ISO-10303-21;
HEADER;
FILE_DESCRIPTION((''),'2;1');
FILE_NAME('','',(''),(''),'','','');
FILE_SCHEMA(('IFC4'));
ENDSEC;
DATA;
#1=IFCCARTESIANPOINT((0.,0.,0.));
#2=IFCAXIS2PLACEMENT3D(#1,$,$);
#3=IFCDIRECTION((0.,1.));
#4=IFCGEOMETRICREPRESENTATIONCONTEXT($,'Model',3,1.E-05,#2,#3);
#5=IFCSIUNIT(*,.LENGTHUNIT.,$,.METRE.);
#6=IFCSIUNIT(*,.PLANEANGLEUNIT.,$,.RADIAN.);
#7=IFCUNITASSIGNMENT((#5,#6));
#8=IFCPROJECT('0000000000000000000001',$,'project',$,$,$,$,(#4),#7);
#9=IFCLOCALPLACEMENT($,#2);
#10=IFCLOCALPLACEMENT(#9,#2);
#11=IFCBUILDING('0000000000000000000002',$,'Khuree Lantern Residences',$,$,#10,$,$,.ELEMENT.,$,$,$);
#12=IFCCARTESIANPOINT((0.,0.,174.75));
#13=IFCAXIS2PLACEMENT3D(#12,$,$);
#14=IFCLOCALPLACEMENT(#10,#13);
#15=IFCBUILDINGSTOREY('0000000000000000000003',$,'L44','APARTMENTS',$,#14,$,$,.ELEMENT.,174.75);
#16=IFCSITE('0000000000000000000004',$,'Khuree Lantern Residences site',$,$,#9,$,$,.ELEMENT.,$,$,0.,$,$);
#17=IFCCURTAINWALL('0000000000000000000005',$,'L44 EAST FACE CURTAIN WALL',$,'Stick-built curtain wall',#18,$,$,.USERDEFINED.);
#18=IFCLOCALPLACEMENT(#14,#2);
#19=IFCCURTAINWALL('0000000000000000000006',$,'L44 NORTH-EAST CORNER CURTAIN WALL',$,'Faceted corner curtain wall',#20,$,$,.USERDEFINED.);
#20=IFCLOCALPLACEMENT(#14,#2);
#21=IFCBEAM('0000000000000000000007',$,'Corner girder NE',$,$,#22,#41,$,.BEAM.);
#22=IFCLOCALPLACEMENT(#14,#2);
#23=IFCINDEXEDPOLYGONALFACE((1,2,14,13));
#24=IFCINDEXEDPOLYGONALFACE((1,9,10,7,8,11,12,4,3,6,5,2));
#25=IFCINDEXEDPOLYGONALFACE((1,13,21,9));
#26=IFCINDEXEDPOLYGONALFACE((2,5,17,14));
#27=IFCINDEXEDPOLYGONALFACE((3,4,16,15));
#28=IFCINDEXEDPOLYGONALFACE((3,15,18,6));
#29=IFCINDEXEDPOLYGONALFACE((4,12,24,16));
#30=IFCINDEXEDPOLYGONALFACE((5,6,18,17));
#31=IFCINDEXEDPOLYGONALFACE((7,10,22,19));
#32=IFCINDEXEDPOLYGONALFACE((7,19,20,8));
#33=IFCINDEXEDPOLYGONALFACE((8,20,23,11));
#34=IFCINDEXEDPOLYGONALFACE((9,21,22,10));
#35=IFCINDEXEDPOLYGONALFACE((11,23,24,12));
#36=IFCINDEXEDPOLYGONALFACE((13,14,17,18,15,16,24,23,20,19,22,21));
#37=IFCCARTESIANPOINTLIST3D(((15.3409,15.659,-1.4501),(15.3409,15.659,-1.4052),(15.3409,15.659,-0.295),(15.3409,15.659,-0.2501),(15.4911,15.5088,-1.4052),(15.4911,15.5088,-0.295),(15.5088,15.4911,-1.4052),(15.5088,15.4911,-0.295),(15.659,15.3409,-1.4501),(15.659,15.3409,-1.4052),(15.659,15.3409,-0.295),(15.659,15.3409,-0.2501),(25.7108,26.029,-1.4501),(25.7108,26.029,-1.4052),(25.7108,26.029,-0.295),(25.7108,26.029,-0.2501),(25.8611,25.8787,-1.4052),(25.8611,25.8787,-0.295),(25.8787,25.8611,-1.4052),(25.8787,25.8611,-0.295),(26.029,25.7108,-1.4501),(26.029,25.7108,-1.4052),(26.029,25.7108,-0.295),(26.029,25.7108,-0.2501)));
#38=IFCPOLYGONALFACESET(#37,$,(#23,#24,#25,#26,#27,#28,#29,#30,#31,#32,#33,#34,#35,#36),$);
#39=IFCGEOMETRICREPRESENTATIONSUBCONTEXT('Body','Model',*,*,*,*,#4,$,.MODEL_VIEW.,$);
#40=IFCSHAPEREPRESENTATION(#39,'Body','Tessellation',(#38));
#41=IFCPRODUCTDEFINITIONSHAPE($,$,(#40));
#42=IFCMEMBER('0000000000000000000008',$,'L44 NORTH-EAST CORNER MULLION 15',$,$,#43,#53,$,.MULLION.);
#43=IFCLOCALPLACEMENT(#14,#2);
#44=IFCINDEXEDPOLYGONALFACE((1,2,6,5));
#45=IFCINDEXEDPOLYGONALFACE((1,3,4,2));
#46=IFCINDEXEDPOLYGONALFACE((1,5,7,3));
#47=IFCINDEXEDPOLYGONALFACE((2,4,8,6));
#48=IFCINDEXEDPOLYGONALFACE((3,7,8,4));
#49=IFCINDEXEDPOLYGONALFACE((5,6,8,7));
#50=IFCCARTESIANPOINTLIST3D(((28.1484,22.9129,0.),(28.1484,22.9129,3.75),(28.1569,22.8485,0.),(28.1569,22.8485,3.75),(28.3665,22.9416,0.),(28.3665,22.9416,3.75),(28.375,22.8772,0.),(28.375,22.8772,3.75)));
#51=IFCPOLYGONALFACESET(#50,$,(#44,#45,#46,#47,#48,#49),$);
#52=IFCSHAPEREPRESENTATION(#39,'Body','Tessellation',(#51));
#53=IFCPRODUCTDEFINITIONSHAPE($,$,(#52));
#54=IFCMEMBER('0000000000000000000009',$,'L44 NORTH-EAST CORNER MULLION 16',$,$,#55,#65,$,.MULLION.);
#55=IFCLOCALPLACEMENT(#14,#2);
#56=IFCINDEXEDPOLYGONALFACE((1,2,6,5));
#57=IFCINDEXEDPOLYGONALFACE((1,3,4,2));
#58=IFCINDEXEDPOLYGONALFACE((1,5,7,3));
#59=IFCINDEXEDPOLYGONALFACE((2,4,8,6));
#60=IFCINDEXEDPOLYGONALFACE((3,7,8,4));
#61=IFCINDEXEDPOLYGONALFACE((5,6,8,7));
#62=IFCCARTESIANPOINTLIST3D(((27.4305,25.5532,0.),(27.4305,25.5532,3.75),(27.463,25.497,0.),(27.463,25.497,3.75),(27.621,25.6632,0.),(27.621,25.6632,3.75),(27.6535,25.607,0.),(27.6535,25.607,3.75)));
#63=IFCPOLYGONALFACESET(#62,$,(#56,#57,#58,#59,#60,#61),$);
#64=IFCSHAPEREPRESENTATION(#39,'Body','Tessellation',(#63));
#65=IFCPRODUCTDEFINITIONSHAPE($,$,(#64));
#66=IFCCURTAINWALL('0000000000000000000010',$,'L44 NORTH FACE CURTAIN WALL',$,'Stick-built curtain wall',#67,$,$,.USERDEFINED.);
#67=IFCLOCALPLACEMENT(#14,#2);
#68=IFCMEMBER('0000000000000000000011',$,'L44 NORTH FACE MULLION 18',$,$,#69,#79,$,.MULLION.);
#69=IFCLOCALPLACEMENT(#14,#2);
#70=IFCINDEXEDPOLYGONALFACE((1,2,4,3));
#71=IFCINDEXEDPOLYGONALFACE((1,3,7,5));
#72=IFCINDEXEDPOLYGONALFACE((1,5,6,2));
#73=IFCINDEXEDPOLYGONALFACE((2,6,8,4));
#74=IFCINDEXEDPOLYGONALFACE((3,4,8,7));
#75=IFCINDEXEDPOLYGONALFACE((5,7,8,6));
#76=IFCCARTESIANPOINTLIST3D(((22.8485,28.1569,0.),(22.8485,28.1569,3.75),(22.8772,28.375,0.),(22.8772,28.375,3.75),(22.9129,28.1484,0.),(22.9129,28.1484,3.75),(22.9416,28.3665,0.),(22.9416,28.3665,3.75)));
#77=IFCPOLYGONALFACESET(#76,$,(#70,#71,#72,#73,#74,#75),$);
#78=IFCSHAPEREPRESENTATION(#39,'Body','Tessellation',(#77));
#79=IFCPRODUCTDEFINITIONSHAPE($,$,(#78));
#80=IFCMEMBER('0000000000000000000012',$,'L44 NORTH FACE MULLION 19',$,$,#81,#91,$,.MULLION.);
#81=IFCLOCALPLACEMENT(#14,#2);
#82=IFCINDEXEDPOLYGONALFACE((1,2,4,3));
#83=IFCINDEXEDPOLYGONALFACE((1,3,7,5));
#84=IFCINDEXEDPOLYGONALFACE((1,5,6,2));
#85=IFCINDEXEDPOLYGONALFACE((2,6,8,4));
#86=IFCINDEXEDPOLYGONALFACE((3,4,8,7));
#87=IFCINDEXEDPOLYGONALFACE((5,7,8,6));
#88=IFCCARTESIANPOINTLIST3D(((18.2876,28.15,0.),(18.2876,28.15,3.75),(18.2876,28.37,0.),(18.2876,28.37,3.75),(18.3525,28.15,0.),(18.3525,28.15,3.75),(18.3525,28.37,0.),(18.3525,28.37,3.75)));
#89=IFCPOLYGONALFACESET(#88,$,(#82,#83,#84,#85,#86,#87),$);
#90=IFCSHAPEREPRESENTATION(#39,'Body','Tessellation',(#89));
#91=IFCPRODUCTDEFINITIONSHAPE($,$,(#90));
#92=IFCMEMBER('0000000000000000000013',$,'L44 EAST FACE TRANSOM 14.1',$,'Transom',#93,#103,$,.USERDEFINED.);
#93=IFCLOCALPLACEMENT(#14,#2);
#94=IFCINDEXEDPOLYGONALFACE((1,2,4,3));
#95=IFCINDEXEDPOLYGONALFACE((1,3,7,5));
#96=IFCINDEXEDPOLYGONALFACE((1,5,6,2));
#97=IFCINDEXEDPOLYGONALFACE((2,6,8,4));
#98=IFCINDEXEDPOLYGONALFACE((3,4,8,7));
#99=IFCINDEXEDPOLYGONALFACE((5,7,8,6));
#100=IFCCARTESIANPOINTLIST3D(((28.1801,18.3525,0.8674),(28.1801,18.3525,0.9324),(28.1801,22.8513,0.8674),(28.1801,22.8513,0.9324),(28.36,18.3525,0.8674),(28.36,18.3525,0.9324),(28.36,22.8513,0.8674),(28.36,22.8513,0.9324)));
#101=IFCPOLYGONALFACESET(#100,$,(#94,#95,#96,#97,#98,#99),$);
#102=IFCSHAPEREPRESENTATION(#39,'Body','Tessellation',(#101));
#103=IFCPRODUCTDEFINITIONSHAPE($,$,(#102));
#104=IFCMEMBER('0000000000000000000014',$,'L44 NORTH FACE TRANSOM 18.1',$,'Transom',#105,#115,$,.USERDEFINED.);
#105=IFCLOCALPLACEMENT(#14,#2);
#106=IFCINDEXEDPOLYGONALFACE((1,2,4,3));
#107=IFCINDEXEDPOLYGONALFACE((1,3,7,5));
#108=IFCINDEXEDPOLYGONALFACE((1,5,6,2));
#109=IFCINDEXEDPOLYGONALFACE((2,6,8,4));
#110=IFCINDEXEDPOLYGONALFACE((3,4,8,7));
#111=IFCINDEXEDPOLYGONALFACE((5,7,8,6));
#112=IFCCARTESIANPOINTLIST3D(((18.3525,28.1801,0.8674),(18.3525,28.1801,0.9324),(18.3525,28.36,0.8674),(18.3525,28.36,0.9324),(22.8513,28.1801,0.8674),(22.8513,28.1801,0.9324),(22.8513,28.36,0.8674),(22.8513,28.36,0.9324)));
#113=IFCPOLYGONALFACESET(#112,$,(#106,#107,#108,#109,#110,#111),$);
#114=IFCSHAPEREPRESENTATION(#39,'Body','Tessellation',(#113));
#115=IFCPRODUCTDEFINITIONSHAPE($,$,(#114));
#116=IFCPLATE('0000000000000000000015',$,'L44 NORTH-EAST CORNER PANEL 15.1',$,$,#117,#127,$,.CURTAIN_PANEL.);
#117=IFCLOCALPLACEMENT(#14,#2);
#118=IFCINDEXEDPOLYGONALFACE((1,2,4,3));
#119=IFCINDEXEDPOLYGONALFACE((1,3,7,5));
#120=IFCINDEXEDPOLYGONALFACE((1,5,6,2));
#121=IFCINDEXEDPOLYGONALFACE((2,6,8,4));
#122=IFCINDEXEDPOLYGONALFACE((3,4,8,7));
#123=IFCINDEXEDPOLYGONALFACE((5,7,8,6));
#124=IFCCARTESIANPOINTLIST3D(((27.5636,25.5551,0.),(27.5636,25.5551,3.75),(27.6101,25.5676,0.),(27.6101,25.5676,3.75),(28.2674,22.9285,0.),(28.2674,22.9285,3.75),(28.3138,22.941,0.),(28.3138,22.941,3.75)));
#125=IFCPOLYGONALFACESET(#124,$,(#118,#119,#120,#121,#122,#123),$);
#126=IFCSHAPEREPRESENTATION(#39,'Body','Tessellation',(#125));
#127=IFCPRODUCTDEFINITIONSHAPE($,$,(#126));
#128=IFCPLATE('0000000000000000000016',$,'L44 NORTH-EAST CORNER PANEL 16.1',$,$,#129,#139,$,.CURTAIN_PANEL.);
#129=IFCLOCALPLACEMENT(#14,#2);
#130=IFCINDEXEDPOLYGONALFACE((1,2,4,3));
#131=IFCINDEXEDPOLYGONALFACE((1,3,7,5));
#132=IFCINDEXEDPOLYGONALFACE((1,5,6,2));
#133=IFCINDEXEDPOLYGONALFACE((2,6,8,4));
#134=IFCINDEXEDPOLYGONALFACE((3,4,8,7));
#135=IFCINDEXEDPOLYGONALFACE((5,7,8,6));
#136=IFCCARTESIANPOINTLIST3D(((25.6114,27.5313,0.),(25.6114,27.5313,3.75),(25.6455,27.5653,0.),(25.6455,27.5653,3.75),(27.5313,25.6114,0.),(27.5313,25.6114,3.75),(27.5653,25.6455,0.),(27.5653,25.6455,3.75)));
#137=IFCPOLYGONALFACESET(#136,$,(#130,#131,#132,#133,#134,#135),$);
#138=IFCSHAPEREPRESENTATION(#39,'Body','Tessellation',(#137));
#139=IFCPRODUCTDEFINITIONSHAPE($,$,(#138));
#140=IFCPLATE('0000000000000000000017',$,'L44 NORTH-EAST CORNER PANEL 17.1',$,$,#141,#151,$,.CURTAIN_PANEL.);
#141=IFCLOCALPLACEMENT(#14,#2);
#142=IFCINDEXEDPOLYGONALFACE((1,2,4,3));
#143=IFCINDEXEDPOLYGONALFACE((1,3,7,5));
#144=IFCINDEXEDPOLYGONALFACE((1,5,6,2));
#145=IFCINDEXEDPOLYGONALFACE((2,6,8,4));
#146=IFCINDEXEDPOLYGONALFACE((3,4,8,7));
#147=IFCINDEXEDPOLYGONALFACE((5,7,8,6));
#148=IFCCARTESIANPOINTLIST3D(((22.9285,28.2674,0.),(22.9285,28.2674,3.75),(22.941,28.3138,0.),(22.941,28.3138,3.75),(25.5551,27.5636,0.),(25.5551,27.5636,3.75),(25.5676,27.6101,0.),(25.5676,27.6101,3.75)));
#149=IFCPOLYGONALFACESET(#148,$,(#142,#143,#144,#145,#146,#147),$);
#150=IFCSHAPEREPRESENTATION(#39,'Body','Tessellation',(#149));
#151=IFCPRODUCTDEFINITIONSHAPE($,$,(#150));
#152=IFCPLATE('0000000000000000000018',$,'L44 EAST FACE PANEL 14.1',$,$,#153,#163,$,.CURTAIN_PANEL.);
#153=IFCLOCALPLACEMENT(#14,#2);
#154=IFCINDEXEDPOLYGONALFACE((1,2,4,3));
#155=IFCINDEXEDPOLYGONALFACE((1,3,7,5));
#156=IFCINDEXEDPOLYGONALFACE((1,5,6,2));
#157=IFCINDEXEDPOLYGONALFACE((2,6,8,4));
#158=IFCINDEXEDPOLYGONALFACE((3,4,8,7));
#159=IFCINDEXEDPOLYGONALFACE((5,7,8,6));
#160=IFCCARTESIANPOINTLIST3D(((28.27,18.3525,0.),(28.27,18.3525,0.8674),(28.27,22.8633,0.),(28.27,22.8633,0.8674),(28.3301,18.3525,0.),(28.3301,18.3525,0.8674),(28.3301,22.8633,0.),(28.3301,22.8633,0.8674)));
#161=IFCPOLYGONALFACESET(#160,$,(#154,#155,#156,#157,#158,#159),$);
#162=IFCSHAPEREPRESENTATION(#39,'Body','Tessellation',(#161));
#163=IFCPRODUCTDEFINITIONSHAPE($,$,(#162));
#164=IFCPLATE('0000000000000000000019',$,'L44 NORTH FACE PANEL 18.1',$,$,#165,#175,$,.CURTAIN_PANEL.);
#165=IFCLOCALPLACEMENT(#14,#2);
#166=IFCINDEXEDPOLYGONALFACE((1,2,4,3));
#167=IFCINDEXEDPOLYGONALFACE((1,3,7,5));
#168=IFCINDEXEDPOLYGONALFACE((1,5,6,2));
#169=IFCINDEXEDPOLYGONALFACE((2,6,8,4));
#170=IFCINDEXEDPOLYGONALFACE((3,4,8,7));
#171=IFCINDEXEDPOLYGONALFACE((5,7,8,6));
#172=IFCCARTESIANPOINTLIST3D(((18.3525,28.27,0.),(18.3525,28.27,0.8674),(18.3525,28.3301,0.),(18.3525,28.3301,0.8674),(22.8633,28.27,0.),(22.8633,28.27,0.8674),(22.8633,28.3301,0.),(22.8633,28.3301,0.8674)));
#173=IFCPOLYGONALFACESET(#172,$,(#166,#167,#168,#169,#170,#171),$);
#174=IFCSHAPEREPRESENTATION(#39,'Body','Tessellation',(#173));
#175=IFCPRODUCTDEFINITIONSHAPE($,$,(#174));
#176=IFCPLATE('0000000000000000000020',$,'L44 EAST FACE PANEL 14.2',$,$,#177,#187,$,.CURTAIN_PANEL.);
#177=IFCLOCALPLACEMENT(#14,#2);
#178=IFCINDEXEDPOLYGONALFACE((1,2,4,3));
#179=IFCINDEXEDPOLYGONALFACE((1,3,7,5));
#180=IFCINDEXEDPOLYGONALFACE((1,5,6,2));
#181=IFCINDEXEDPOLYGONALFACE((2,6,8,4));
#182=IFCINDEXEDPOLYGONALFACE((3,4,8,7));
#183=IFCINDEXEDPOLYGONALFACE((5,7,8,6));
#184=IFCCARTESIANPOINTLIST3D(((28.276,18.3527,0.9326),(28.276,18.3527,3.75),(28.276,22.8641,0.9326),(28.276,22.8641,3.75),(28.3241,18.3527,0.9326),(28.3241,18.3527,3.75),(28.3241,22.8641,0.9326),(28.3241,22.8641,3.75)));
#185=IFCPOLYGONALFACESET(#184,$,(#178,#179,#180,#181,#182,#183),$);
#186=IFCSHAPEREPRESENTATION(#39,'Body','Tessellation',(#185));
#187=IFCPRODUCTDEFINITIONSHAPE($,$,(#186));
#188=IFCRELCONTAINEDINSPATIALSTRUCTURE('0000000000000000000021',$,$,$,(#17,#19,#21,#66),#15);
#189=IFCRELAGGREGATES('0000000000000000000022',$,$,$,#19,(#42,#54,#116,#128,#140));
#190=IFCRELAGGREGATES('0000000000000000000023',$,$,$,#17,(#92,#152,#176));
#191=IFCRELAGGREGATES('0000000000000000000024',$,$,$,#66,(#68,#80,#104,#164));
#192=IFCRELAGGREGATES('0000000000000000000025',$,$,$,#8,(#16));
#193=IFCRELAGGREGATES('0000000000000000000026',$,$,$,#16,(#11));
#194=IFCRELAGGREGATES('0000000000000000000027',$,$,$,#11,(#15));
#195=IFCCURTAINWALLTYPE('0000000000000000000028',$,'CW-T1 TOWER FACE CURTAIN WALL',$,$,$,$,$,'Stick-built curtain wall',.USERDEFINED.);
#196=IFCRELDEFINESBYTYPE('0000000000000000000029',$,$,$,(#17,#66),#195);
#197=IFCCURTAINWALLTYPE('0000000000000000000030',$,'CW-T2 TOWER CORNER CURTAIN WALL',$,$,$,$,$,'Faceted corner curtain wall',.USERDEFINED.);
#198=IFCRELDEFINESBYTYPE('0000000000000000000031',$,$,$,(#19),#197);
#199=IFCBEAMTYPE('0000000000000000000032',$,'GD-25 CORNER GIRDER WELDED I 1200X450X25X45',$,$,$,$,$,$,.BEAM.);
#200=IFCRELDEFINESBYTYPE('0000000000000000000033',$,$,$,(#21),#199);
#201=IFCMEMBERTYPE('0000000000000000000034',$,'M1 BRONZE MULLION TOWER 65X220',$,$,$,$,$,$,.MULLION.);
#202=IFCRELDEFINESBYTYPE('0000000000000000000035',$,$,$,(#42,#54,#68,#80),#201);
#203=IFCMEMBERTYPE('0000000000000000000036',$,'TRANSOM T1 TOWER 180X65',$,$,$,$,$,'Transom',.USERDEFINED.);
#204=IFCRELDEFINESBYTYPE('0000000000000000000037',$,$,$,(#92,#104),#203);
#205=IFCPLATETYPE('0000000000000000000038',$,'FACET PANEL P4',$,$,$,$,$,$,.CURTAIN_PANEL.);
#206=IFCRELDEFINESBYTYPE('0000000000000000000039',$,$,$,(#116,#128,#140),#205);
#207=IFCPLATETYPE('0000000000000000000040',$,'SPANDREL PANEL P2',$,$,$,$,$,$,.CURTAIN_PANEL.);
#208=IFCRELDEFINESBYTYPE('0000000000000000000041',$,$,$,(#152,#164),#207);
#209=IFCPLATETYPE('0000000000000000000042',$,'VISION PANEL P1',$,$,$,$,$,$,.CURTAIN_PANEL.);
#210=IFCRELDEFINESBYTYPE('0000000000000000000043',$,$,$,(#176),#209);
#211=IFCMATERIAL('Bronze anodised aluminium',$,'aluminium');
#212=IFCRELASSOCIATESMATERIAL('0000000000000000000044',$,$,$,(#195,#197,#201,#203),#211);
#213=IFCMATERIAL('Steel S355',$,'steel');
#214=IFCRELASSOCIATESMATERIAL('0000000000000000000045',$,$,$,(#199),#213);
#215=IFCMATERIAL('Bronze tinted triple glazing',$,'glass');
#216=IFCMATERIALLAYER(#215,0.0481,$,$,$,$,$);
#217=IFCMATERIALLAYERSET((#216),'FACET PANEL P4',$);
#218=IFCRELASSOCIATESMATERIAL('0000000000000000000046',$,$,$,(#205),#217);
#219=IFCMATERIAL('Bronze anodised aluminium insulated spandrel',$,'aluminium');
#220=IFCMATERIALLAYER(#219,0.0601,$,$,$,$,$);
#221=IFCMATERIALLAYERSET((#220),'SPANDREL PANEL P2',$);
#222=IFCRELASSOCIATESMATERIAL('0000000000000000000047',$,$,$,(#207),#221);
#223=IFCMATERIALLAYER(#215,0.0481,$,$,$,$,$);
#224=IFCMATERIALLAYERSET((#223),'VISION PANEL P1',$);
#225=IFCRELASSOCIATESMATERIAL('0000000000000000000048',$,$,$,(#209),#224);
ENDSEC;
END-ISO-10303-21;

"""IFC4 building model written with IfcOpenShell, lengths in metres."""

from ifc_helpers import new_model, si_unit, direction, frame, origin, origin_2d, place, context, subcontext, project, spatial, rectangle, i_section, extrude, material, layer, layer_set, material_profile, profile_set, type_object, element, aggregate, save


model = new_model("IFC4")

# Units and contexts
model_context = context("Model", 3, precision=1e-05, world=origin(), true_north=direction((0.0, 1.0)))
body_context = subcontext(model_context, "Body", "Model", "MODEL_VIEW")
ifc_project = project(units=[si_unit("LENGTHUNIT", "METRE"), si_unit("PLANEANGLEUNIT", "RADIAN")], contexts=[model_context])

# Site, building, storey
site_placement = place(None, origin())
site = spatial("IfcSite", under=ifc_project, at=site_placement, Name="Khuree Lantern Residences site", CompositionType="ELEMENT", RefElevation=0.0)
building_placement = place(site_placement, origin())
building = spatial("IfcBuilding", under=site, at=building_placement, Name="Khuree Lantern Residences", CompositionType="ELEMENT")
storey_placement = place(building_placement, frame((0.0, 0.0, 174.75)))
storey = spatial("IfcBuildingStorey", under=building, at=storey_placement, Name="L44", Description="APARTMENTS", CompositionType="ELEMENT", Elevation=174.75)

# Shared definitions
ifc_material_1 = material(Name="Steel S355", Category="steel")

# Curtain walls
ifc_material_2 = material(Name="Bronze anodised aluminium", Category="aluminium")
curtain_wall_type_1 = type_object("IfcCurtainWallType", Name="CW-T1 TOWER FACE CURTAIN WALL", ElementType="Stick-built curtain wall", PredefinedType="USERDEFINED", material=ifc_material_2)
curtain_wall_1_placement = place(storey_placement, origin())
curtain_wall_1 = element("IfcCurtainWall", 1, at=curtain_wall_1_placement, inside=storey, type_object=curtain_wall_type_1, Name="L44 EAST FACE CURTAIN WALL", ObjectType="Stick-built curtain wall", PredefinedType="USERDEFINED")
curtain_wall_type_2 = type_object("IfcCurtainWallType", Name="CW-T2 TOWER CORNER CURTAIN WALL", ElementType="Faceted corner curtain wall", PredefinedType="USERDEFINED", material=ifc_material_2)
curtain_wall_2_placement = place(storey_placement, origin())
curtain_wall_2 = element("IfcCurtainWall", 2, at=curtain_wall_2_placement, inside=storey, type_object=curtain_wall_type_2, Name="L44 NORTH-EAST CORNER CURTAIN WALL", ObjectType="Faceted corner curtain wall", PredefinedType="USERDEFINED")

# Beam
ifc_material_profile_1 = material_profile(ifc_material_1, i_section(OverallWidth=0.45, OverallDepth=1.2, WebThickness=0.0249, FlangeThickness=0.0449, at=origin_2d()), Name="WELDED I 1200X450X25X45")
ifc_profile_set_1 = profile_set([ifc_material_profile_1], Name="Steel S355")
beam_type_1 = type_object("IfcBeamType", Name="GD-25 CORNER GIRDER WELDED I 1200X450X25X45", PredefinedType="BEAM", material=ifc_profile_set_1)
beam_1_placement = place(storey_placement, frame((25.8699, 25.8699, -0.8501), z_axis=(-0.707107, -0.707107, 0.0), x_axis=(0.707107, -0.707107, 0.0)))
element("IfcBeam", 3, at=beam_1_placement, inside=storey, type_object=beam_type_1, Name="Corner girder NE", PredefinedType="BEAM", context=body_context, shape_type="SweptSolid", body=[
    extrude(i_section(OverallWidth=0.45, OverallDepth=1.2, WebThickness=0.0249, FlangeThickness=0.0449, at=origin_2d()), origin(), (0.0, 0.0, 1.0), 14.6653),
])

# Members
ifc_material_profile_2 = material_profile(ifc_material_2, rectangle(XDim=0.0649, YDim=0.22, at=origin_2d()), Name="M1 65X220")
ifc_profile_set_2 = profile_set([ifc_material_profile_2], Name="Bronze anodised aluminium")
member_type_1 = type_object("IfcMemberType", Name="M1 BRONZE MULLION TOWER 65X220", PredefinedType="MULLION", material=ifc_profile_set_2)
member_1_placement = place(storey_placement, frame((28.2617, 22.895, 0.0), z_axis=(0.0, 0.0, 1.0), x_axis=(-0.130526, 0.991445, 0.0)))
member_1 = element("IfcMember", 4, at=member_1_placement, type_object=member_type_1, Name="L44 NORTH-EAST CORNER MULLION 15", PredefinedType="MULLION", context=body_context, shape_type="SweptSolid", body=[
    extrude(rectangle(XDim=0.0649, YDim=0.22, at=origin_2d()), origin(), (0.0, 0.0, 1.0), 3.75),
])
member_2_placement = place(storey_placement, frame((27.542, 25.5801, 0.0), z_axis=(0.0, 0.0, 1.0), x_axis=(-0.5, 0.866025, 0.0)))
member_2 = element("IfcMember", 5, at=member_2_placement, type_object=member_type_1, Name="L44 NORTH-EAST CORNER MULLION 16", PredefinedType="MULLION", context=body_context, shape_type="SweptSolid", body=[
    extrude(rectangle(XDim=0.0649, YDim=0.22, at=origin_2d()), origin(), (0.0, 0.0, 1.0), 3.75),
])

# Curtain wall, members
curtain_wall_3_placement = place(storey_placement, origin())
curtain_wall_3 = element("IfcCurtainWall", 6, at=curtain_wall_3_placement, inside=storey, type_object=curtain_wall_type_1, Name="L44 NORTH FACE CURTAIN WALL", ObjectType="Stick-built curtain wall", PredefinedType="USERDEFINED")
member_3_placement = place(storey_placement, frame((22.895, 28.2617, 0.0), z_axis=(0.0, 0.0, 1.0), x_axis=(-0.991445, 0.130526, 0.0)))
member_3 = element("IfcMember", 7, at=member_3_placement, type_object=member_type_1, Name="L44 NORTH FACE MULLION 18", PredefinedType="MULLION", context=body_context, shape_type="SweptSolid", body=[
    extrude(rectangle(XDim=0.0649, YDim=0.22, at=origin_2d()), origin(), (0.0, 0.0, 1.0), 3.75),
])
member_4_placement = place(storey_placement, frame((18.3201, 28.26, 0.0), z_axis=(0.0, 0.0, 1.0), x_axis=(-1.0, 0.0, 0.0)))
member_4 = element("IfcMember", 8, at=member_4_placement, type_object=member_type_1, Name="L44 NORTH FACE MULLION 19", PredefinedType="MULLION", context=body_context, shape_type="SweptSolid", body=[
    extrude(rectangle(XDim=0.0649, YDim=0.22, at=origin_2d()), origin(), (0.0, 0.0, 1.0), 3.75),
])

# Members
ifc_material_profile_3 = material_profile(ifc_material_2, rectangle(XDim=0.1799, YDim=0.0649, at=origin_2d()), Name="T1 180X65")
ifc_profile_set_3 = profile_set([ifc_material_profile_3], Name="Bronze anodised aluminium")
member_type_2 = type_object("IfcMemberType", Name="TRANSOM T1 TOWER 180X65", ElementType="Transom", PredefinedType="USERDEFINED", material=ifc_profile_set_3)
member_5_placement = place(storey_placement, frame((28.27, 18.3525, 0.8999), z_axis=(0.0, 1.0, 0.0), x_axis=(-1.0, 0.0, 0.0)))
member_5 = element("IfcMember", 9, at=member_5_placement, type_object=member_type_2, Name="L44 EAST FACE TRANSOM 14.1", ObjectType="Transom", PredefinedType="USERDEFINED", context=body_context, shape_type="SweptSolid", body=[
    extrude(rectangle(XDim=0.1799, YDim=0.0649, at=origin_2d()), origin(), (0.0, 0.0, 1.0), 4.4988),
])
member_6_placement = place(storey_placement, frame((22.8513, 28.27, 0.8999), z_axis=(-1.0, 0.0, 0.0), x_axis=(0.0, -1.0, 0.0)))
member_6 = element("IfcMember", 10, at=member_6_placement, type_object=member_type_2, Name="L44 NORTH FACE TRANSOM 18.1", ObjectType="Transom", PredefinedType="USERDEFINED", context=body_context, shape_type="SweptSolid", body=[
    extrude(rectangle(XDim=0.1799, YDim=0.0649, at=origin_2d()), origin(), (0.0, 0.0, 1.0), 4.4988),
])

# Plates
ifc_material_3 = material(Name="Bronze tinted triple glazing", Category="glass")
ifc_layer_1 = layer(ifc_material_3, 0.0481)
ifc_layer_set_1 = layer_set([ifc_layer_1], Name="FACET PANEL P4")
plate_type_1 = type_object("IfcPlateType", Name="FACET PANEL P4", PredefinedType="CURTAIN_PANEL", material=ifc_layer_set_1)
plate_1_placement = place(storey_placement, frame((27.9387, 24.248, 0.0), z_axis=(0.0, 0.0, 1.0), x_axis=(-0.258819, 0.965926, 0.0)))
plate_1 = element("IfcPlate", 11, at=plate_1_placement, type_object=plate_type_1, Name="L44 NORTH-EAST CORNER PANEL 15.1", PredefinedType="CURTAIN_PANEL", context=body_context, shape_type="SweptSolid", body=[
    extrude(rectangle(XDim=2.7192, YDim=0.0481, at=origin_2d()), origin(), (0.0, 0.0, 1.0), 3.75),
])
plate_2_placement = place(storey_placement, frame((26.5884, 26.5884, 0.0), z_axis=(0.0, 0.0, 1.0), x_axis=(-0.707107, 0.707107, 0.0)))
plate_2 = element("IfcPlate", 12, at=plate_2_placement, type_object=plate_type_1, Name="L44 NORTH-EAST CORNER PANEL 16.1", PredefinedType="CURTAIN_PANEL", context=body_context, shape_type="SweptSolid", body=[
    extrude(rectangle(XDim=2.7151, YDim=0.0481, at=origin_2d()), origin(), (0.0, 0.0, 1.0), 3.75),
])
plate_3_placement = place(storey_placement, frame((24.248, 27.9387, 0.0), z_axis=(0.0, 0.0, 1.0), x_axis=(-0.965926, 0.258819, 0.0)))
plate_3 = element("IfcPlate", 13, at=plate_3_placement, type_object=plate_type_1, Name="L44 NORTH-EAST CORNER PANEL 17.1", PredefinedType="CURTAIN_PANEL", context=body_context, shape_type="SweptSolid", body=[
    extrude(rectangle(XDim=2.7192, YDim=0.0481, at=origin_2d()), origin(), (0.0, 0.0, 1.0), 3.75),
])
aggregate(curtain_wall_2, [member_1, member_2, plate_1, plate_2, plate_3])
ifc_material_4 = material(Name="Bronze anodised aluminium insulated spandrel", Category="aluminium")
ifc_layer_2 = layer(ifc_material_4, 0.0601)
ifc_layer_set_2 = layer_set([ifc_layer_2], Name="SPANDREL PANEL P2")
plate_type_2 = type_object("IfcPlateType", Name="SPANDREL PANEL P2", PredefinedType="CURTAIN_PANEL", material=ifc_layer_set_2)
plate_4_placement = place(storey_placement, frame((28.3, 20.6079, 0.0), z_axis=(0.0, 0.0, 1.0), x_axis=(0.0, 1.0, 0.0)))
plate_4 = element("IfcPlate", 14, at=plate_4_placement, type_object=plate_type_2, Name="L44 EAST FACE PANEL 14.1", PredefinedType="CURTAIN_PANEL", context=body_context, shape_type="SweptSolid", body=[
    extrude(rectangle(XDim=4.5107, YDim=0.0601, at=origin_2d()), origin(), (0.0, 0.0, 1.0), 0.8674),
])
plate_5_placement = place(storey_placement, frame((20.6079, 28.3, 0.0), z_axis=(0.0, 0.0, 1.0), x_axis=(-1.0, 0.0, 0.0)))
plate_5 = element("IfcPlate", 15, at=plate_5_placement, type_object=plate_type_2, Name="L44 NORTH FACE PANEL 18.1", PredefinedType="CURTAIN_PANEL", context=body_context, shape_type="SweptSolid", body=[
    extrude(rectangle(XDim=4.5107, YDim=0.0601, at=origin_2d()), origin(), (0.0, 0.0, 1.0), 0.8674),
])
ifc_layer_3 = layer(ifc_material_3, 0.0481)
ifc_layer_set_3 = layer_set([ifc_layer_3], Name="VISION PANEL P1")
plate_type_3 = type_object("IfcPlateType", Name="VISION PANEL P1", PredefinedType="CURTAIN_PANEL", material=ifc_layer_set_3)
plate_6_placement = place(storey_placement, frame((28.3, 20.6084, 0.9326), z_axis=(0.0, 0.0, 1.0), x_axis=(0.0, 1.0, 0.0)))
plate_6 = element("IfcPlate", 16, at=plate_6_placement, type_object=plate_type_3, Name="L44 EAST FACE PANEL 14.2", PredefinedType="CURTAIN_PANEL", context=body_context, shape_type="SweptSolid", body=[
    extrude(rectangle(XDim=4.5115, YDim=0.0481, at=origin_2d()), origin(), (0.0, 0.0, 1.0), 2.8174),
])
aggregate(curtain_wall_1, [member_5, plate_4, plate_6])
aggregate(curtain_wall_3, [member_3, member_4, member_6, plate_5])

save(model, "model.ifc")
